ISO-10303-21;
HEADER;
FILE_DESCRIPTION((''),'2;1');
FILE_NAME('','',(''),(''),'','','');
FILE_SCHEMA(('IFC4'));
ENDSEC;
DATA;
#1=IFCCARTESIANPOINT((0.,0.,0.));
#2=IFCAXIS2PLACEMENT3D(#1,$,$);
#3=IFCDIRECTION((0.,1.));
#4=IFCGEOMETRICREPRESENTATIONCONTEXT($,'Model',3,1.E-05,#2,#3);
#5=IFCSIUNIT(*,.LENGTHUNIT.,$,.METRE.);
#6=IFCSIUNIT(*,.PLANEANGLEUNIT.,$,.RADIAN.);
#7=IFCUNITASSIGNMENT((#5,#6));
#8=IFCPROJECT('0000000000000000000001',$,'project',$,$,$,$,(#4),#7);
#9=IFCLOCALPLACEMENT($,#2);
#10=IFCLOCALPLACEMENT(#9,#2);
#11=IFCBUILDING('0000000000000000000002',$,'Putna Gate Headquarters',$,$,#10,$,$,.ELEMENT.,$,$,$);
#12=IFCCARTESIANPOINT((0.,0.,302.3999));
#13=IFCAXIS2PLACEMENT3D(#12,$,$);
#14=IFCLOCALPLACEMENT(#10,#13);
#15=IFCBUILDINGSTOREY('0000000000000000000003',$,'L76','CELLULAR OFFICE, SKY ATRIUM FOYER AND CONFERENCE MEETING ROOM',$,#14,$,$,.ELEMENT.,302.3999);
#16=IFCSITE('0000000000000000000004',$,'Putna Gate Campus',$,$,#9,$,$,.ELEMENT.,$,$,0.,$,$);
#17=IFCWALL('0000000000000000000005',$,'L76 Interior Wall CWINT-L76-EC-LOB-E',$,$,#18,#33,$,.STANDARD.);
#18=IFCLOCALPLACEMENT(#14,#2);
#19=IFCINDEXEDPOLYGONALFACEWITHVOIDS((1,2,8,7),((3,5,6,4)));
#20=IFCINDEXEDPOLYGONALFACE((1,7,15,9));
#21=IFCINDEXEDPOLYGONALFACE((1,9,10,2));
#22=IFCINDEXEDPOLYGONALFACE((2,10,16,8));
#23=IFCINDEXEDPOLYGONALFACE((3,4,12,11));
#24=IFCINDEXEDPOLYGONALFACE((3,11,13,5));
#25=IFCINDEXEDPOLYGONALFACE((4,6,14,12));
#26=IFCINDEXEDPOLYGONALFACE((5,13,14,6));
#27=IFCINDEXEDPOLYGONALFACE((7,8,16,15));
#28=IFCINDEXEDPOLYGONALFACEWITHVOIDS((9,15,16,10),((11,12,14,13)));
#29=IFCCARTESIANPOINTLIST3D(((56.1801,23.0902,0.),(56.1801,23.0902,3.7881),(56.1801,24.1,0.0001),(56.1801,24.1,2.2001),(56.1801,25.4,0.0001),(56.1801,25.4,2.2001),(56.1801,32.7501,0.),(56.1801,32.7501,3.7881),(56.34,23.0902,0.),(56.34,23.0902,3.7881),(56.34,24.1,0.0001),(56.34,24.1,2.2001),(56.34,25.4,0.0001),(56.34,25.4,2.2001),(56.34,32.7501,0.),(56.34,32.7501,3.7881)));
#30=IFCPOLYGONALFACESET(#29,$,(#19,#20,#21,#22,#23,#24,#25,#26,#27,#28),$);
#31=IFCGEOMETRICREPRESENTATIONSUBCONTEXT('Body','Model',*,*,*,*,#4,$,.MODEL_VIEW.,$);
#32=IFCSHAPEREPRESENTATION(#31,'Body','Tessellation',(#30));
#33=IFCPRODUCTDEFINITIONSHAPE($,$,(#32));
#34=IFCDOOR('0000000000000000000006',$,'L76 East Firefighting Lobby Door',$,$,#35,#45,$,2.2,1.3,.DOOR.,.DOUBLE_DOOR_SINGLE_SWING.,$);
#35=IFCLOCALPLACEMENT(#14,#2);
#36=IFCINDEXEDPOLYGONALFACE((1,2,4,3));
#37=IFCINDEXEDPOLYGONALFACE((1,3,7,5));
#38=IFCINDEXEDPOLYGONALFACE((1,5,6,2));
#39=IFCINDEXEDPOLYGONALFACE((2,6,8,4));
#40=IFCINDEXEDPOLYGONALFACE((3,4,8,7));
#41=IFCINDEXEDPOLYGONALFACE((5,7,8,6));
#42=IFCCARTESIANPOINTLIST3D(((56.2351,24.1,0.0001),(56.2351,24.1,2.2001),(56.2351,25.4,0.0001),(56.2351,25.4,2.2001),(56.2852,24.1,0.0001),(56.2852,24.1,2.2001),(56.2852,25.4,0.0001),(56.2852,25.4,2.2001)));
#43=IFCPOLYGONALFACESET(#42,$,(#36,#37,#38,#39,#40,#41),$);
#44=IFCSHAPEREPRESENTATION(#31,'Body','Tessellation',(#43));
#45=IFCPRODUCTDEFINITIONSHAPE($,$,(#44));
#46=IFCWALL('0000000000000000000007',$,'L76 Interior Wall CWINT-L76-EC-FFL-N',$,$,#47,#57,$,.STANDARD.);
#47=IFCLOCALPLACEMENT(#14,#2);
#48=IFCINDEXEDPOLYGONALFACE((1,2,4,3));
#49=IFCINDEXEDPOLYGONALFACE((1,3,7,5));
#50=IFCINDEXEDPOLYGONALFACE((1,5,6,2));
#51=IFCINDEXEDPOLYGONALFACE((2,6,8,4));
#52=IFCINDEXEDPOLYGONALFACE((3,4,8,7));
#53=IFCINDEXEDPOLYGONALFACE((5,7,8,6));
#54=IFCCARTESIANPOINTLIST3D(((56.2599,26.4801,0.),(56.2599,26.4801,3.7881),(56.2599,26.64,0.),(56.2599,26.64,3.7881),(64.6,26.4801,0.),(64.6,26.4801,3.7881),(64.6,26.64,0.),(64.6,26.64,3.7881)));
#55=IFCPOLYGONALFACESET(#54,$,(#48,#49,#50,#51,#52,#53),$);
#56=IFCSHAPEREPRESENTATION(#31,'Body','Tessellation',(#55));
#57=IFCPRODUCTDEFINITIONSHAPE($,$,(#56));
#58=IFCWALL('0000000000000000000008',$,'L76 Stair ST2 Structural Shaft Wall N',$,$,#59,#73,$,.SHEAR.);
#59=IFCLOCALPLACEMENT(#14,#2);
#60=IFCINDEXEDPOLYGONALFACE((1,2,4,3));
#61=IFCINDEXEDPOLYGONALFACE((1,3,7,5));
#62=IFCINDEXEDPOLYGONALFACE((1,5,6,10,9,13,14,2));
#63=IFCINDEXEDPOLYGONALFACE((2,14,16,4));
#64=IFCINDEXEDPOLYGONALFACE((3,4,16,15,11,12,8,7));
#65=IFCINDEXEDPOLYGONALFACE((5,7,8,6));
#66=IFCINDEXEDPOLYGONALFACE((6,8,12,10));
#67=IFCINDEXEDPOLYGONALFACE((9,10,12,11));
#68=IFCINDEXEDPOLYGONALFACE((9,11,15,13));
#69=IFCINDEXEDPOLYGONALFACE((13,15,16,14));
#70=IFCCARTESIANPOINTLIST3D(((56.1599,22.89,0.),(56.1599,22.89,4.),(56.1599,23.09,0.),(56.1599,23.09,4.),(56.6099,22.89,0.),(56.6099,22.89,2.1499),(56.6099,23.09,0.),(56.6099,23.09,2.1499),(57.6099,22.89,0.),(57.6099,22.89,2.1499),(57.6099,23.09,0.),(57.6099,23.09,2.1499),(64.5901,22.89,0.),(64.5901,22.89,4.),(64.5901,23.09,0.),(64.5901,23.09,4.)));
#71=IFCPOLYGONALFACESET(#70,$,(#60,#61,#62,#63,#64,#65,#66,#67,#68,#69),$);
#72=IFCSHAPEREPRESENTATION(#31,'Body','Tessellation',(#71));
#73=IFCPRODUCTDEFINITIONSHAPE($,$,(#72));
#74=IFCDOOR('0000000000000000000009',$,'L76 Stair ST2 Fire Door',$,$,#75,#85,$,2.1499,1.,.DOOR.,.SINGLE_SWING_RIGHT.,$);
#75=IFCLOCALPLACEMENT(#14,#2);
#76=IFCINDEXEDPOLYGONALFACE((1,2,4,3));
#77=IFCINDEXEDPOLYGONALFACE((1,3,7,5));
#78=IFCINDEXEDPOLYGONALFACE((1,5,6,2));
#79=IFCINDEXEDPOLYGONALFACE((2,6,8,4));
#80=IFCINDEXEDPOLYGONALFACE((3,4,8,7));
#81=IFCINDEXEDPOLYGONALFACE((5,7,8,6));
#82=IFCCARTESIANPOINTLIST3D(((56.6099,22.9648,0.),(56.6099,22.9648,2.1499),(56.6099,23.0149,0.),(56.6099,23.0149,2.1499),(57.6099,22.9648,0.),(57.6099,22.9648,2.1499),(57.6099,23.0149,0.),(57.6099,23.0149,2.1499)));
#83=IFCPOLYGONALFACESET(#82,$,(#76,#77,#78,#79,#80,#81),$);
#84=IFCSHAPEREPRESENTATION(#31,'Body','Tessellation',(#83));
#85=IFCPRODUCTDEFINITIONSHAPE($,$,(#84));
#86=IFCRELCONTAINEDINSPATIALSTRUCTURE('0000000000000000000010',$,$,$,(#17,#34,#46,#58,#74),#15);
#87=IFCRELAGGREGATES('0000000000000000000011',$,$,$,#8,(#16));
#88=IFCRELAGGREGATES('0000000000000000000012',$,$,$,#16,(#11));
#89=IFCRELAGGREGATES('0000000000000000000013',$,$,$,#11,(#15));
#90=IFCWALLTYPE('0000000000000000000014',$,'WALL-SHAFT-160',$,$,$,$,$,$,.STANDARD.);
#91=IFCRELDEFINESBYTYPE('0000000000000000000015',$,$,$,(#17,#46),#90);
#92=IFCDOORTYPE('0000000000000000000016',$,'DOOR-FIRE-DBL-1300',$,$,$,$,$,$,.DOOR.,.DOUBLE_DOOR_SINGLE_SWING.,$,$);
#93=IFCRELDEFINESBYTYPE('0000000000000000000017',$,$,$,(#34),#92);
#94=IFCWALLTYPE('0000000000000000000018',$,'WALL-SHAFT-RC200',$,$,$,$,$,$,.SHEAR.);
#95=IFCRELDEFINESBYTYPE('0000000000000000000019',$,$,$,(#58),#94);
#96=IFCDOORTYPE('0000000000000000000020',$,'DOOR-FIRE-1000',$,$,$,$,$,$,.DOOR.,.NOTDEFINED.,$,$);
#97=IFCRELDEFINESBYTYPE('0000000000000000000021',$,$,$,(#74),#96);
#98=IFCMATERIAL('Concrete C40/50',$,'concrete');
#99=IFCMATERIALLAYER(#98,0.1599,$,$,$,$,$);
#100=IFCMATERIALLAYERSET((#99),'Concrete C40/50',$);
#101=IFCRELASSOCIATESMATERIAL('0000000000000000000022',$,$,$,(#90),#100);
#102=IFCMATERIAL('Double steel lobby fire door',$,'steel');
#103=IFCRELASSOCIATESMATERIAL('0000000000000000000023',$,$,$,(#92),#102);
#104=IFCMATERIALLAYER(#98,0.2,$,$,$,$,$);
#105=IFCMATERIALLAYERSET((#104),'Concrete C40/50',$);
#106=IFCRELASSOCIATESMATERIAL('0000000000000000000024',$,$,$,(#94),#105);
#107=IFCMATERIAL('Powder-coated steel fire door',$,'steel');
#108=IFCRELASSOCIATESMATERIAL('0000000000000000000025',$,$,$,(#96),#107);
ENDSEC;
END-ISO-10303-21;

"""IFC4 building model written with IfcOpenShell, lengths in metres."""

from ifc_helpers import new_model, si_unit, direction, frame, frame_2d, origin, place, context, subcontext, project, spatial, rectangle, extrude, material, layer, layer_set, type_object, element, fill, save


model = new_model("IFC4")

# Units and contexts
model_context = context("Model", 3, precision=1e-05, world=origin(), true_north=direction((0.0, 1.0)))
body_context = subcontext(model_context, "Body", "Model", "MODEL_VIEW")
ifc_project = project(units=[si_unit("LENGTHUNIT", "METRE"), si_unit("PLANEANGLEUNIT", "RADIAN")], contexts=[model_context])

# Site, building, storey
site_placement = place(None, origin())
site = spatial("IfcSite", under=ifc_project, at=site_placement, Name="Putna Gate Campus", CompositionType="ELEMENT", RefElevation=0.0)
building_placement = place(site_placement, origin())
building = spatial("IfcBuilding", under=site, at=building_placement, Name="Putna Gate Headquarters", CompositionType="ELEMENT")
storey_placement = place(building_placement, frame((0.0, 0.0, 302.3999)))
storey = spatial("IfcBuildingStorey", under=building, at=storey_placement, Name="L76", Description="CELLULAR OFFICE, SKY ATRIUM FOYER AND CONFERENCE MEETING ROOM", CompositionType="ELEMENT", Elevation=302.3999)

# Wall, opening, door
ifc_material_1 = material(Name="Concrete C40/50", Category="concrete")
ifc_layer_1 = layer(ifc_material_1, 0.1599)
ifc_layer_set_1 = layer_set([ifc_layer_1], Name="Concrete C40/50")
wall_type_1 = type_object("IfcWallType", Name="WALL-SHAFT-160", PredefinedType="STANDARD", material=ifc_layer_set_1)
wall_1_placement = place(storey_placement, frame((56.26, 23.0901, 0.0), z_axis=(0.0, 0.0, 1.0), x_axis=(0.0, 1.0, 0.0)))
wall_1 = element("IfcWall", 1, at=wall_1_placement, inside=storey, type_object=wall_type_1, Name="L76 Interior Wall CWINT-L76-EC-LOB-E", PredefinedType="STANDARD", context=body_context, shape_type="SweptSolid", body=[
    extrude(rectangle(XDim=9.6599, YDim=0.1599, at=frame_2d((4.8301, 0.0))), origin(), (0.0, 0.0, 1.0), 3.7881),
])
opening_1_placement = place(wall_1_placement, frame((1.01, 0.0, 0.0)))
opening_1 = element("IfcOpeningElement", 2, at=opening_1_placement, cuts=wall_1, PredefinedType="OPENING", context=body_context, shape_type="SweptSolid", body=[
    extrude(rectangle(XDim=1.3, YDim=2.2, at=frame_2d((0.6499, 1.1001))), frame((0.0, 0.0898, 0.0), z_axis=(0.0, -1.0, 0.0), x_axis=(1.0, 0.0, 0.0)), (0.0, 0.0, 1.0), 0.1799),
])
ifc_material_2 = material(Name="Double steel lobby fire door", Category="steel")
door_type_1 = type_object("IfcDoorType", Name="DOOR-FIRE-DBL-1300", OperationType="DOUBLE_DOOR_SINGLE_SWING", PredefinedType="DOOR", material=ifc_material_2)
door_1_placement = place(opening_1_placement, origin())
door_1 = element("IfcDoor", 3, at=door_1_placement, inside=storey, type_object=door_type_1, Name="L76 East Firefighting Lobby Door", OperationType="DOUBLE_DOOR_SINGLE_SWING", OverallHeight=2.2, OverallWidth=1.3, PredefinedType="DOOR", context=body_context, shape_type="SweptSolid", body=[
    extrude(rectangle(XDim=1.3, YDim=2.2, at=frame_2d((0.6499, 1.1001))), frame((0.0, 0.0249, 0.0), z_axis=(0.0, -1.0, 0.0), x_axis=(1.0, 0.0, 0.0)), (0.0, 0.0, 1.0), 0.05),
])
fill(opening_1, door_1)

# Wall
wall_2_placement = place(storey_placement, frame((56.26, 26.5601, 0.0), z_axis=(0.0, 0.0, 1.0), x_axis=(1.0, 0.0, 0.0)))
element("IfcWall", 4, at=wall_2_placement, inside=storey, type_object=wall_type_1, Name="L76 Interior Wall CWINT-L76-EC-FFL-N", PredefinedType="STANDARD", context=body_context, shape_type="SweptSolid", body=[
    extrude(rectangle(XDim=8.3401, YDim=0.1599, at=frame_2d((4.1699, 0.0))), origin(), (0.0, 0.0, 1.0), 3.7881),
])

# Wall, opening, door
ifc_layer_2 = layer(ifc_material_1, 0.2)
ifc_layer_set_2 = layer_set([ifc_layer_2], Name="Concrete C40/50")
wall_type_2 = type_object("IfcWallType", Name="WALL-SHAFT-RC200", PredefinedType="SHEAR", material=ifc_layer_set_2)
wall_3_placement = place(storey_placement, frame((56.1599, 22.99, 0.0), z_axis=(0.0, 0.0, 1.0), x_axis=(1.0, 0.0, 0.0)))
wall_3 = element("IfcWall", 5, at=wall_3_placement, inside=storey, type_object=wall_type_2, Name="L76 Stair ST2 Structural Shaft Wall N", PredefinedType="SHEAR", context=body_context, shape_type="SweptSolid", body=[
    extrude(rectangle(XDim=8.4302, YDim=0.2, at=frame_2d((4.2151, 0.0))), origin(), (0.0, 0.0, 1.0), 4.0),
])
opening_2_placement = place(wall_3_placement, frame((0.45, 0.0, 0.0)))
opening_2 = element("IfcOpeningElement", 6, at=opening_2_placement, cuts=wall_3, PredefinedType="OPENING", context=body_context, shape_type="SweptSolid", body=[
    extrude(rectangle(XDim=1.0, YDim=2.1499, at=frame_2d((0.5, 1.075))), frame((0.0, 0.1099, 0.0), z_axis=(0.0, -1.0, 0.0), x_axis=(1.0, 0.0, 0.0)), (0.0, 0.0, 1.0), 0.22),
])
ifc_material_3 = material(Name="Powder-coated steel fire door", Category="steel")
door_type_2 = type_object("IfcDoorType", Name="DOOR-FIRE-1000", OperationType="NOTDEFINED", PredefinedType="DOOR", material=ifc_material_3)
door_2_placement = place(opening_2_placement, origin())
door_2 = element("IfcDoor", 7, at=door_2_placement, inside=storey, type_object=door_type_2, Name="L76 Stair ST2 Fire Door", OperationType="SINGLE_SWING_RIGHT", OverallHeight=2.1499, OverallWidth=1.0, PredefinedType="DOOR", context=body_context, shape_type="SweptSolid", body=[
    extrude(rectangle(XDim=1.0, YDim=2.1499, at=frame_2d((0.5, 1.075))), frame((0.0, 0.0249, 0.0), z_axis=(0.0, -1.0, 0.0), x_axis=(1.0, 0.0, 0.0)), (0.0, 0.0, 1.0), 0.05),
])
fill(opening_2, door_2)

save(model, "model.ifc")
